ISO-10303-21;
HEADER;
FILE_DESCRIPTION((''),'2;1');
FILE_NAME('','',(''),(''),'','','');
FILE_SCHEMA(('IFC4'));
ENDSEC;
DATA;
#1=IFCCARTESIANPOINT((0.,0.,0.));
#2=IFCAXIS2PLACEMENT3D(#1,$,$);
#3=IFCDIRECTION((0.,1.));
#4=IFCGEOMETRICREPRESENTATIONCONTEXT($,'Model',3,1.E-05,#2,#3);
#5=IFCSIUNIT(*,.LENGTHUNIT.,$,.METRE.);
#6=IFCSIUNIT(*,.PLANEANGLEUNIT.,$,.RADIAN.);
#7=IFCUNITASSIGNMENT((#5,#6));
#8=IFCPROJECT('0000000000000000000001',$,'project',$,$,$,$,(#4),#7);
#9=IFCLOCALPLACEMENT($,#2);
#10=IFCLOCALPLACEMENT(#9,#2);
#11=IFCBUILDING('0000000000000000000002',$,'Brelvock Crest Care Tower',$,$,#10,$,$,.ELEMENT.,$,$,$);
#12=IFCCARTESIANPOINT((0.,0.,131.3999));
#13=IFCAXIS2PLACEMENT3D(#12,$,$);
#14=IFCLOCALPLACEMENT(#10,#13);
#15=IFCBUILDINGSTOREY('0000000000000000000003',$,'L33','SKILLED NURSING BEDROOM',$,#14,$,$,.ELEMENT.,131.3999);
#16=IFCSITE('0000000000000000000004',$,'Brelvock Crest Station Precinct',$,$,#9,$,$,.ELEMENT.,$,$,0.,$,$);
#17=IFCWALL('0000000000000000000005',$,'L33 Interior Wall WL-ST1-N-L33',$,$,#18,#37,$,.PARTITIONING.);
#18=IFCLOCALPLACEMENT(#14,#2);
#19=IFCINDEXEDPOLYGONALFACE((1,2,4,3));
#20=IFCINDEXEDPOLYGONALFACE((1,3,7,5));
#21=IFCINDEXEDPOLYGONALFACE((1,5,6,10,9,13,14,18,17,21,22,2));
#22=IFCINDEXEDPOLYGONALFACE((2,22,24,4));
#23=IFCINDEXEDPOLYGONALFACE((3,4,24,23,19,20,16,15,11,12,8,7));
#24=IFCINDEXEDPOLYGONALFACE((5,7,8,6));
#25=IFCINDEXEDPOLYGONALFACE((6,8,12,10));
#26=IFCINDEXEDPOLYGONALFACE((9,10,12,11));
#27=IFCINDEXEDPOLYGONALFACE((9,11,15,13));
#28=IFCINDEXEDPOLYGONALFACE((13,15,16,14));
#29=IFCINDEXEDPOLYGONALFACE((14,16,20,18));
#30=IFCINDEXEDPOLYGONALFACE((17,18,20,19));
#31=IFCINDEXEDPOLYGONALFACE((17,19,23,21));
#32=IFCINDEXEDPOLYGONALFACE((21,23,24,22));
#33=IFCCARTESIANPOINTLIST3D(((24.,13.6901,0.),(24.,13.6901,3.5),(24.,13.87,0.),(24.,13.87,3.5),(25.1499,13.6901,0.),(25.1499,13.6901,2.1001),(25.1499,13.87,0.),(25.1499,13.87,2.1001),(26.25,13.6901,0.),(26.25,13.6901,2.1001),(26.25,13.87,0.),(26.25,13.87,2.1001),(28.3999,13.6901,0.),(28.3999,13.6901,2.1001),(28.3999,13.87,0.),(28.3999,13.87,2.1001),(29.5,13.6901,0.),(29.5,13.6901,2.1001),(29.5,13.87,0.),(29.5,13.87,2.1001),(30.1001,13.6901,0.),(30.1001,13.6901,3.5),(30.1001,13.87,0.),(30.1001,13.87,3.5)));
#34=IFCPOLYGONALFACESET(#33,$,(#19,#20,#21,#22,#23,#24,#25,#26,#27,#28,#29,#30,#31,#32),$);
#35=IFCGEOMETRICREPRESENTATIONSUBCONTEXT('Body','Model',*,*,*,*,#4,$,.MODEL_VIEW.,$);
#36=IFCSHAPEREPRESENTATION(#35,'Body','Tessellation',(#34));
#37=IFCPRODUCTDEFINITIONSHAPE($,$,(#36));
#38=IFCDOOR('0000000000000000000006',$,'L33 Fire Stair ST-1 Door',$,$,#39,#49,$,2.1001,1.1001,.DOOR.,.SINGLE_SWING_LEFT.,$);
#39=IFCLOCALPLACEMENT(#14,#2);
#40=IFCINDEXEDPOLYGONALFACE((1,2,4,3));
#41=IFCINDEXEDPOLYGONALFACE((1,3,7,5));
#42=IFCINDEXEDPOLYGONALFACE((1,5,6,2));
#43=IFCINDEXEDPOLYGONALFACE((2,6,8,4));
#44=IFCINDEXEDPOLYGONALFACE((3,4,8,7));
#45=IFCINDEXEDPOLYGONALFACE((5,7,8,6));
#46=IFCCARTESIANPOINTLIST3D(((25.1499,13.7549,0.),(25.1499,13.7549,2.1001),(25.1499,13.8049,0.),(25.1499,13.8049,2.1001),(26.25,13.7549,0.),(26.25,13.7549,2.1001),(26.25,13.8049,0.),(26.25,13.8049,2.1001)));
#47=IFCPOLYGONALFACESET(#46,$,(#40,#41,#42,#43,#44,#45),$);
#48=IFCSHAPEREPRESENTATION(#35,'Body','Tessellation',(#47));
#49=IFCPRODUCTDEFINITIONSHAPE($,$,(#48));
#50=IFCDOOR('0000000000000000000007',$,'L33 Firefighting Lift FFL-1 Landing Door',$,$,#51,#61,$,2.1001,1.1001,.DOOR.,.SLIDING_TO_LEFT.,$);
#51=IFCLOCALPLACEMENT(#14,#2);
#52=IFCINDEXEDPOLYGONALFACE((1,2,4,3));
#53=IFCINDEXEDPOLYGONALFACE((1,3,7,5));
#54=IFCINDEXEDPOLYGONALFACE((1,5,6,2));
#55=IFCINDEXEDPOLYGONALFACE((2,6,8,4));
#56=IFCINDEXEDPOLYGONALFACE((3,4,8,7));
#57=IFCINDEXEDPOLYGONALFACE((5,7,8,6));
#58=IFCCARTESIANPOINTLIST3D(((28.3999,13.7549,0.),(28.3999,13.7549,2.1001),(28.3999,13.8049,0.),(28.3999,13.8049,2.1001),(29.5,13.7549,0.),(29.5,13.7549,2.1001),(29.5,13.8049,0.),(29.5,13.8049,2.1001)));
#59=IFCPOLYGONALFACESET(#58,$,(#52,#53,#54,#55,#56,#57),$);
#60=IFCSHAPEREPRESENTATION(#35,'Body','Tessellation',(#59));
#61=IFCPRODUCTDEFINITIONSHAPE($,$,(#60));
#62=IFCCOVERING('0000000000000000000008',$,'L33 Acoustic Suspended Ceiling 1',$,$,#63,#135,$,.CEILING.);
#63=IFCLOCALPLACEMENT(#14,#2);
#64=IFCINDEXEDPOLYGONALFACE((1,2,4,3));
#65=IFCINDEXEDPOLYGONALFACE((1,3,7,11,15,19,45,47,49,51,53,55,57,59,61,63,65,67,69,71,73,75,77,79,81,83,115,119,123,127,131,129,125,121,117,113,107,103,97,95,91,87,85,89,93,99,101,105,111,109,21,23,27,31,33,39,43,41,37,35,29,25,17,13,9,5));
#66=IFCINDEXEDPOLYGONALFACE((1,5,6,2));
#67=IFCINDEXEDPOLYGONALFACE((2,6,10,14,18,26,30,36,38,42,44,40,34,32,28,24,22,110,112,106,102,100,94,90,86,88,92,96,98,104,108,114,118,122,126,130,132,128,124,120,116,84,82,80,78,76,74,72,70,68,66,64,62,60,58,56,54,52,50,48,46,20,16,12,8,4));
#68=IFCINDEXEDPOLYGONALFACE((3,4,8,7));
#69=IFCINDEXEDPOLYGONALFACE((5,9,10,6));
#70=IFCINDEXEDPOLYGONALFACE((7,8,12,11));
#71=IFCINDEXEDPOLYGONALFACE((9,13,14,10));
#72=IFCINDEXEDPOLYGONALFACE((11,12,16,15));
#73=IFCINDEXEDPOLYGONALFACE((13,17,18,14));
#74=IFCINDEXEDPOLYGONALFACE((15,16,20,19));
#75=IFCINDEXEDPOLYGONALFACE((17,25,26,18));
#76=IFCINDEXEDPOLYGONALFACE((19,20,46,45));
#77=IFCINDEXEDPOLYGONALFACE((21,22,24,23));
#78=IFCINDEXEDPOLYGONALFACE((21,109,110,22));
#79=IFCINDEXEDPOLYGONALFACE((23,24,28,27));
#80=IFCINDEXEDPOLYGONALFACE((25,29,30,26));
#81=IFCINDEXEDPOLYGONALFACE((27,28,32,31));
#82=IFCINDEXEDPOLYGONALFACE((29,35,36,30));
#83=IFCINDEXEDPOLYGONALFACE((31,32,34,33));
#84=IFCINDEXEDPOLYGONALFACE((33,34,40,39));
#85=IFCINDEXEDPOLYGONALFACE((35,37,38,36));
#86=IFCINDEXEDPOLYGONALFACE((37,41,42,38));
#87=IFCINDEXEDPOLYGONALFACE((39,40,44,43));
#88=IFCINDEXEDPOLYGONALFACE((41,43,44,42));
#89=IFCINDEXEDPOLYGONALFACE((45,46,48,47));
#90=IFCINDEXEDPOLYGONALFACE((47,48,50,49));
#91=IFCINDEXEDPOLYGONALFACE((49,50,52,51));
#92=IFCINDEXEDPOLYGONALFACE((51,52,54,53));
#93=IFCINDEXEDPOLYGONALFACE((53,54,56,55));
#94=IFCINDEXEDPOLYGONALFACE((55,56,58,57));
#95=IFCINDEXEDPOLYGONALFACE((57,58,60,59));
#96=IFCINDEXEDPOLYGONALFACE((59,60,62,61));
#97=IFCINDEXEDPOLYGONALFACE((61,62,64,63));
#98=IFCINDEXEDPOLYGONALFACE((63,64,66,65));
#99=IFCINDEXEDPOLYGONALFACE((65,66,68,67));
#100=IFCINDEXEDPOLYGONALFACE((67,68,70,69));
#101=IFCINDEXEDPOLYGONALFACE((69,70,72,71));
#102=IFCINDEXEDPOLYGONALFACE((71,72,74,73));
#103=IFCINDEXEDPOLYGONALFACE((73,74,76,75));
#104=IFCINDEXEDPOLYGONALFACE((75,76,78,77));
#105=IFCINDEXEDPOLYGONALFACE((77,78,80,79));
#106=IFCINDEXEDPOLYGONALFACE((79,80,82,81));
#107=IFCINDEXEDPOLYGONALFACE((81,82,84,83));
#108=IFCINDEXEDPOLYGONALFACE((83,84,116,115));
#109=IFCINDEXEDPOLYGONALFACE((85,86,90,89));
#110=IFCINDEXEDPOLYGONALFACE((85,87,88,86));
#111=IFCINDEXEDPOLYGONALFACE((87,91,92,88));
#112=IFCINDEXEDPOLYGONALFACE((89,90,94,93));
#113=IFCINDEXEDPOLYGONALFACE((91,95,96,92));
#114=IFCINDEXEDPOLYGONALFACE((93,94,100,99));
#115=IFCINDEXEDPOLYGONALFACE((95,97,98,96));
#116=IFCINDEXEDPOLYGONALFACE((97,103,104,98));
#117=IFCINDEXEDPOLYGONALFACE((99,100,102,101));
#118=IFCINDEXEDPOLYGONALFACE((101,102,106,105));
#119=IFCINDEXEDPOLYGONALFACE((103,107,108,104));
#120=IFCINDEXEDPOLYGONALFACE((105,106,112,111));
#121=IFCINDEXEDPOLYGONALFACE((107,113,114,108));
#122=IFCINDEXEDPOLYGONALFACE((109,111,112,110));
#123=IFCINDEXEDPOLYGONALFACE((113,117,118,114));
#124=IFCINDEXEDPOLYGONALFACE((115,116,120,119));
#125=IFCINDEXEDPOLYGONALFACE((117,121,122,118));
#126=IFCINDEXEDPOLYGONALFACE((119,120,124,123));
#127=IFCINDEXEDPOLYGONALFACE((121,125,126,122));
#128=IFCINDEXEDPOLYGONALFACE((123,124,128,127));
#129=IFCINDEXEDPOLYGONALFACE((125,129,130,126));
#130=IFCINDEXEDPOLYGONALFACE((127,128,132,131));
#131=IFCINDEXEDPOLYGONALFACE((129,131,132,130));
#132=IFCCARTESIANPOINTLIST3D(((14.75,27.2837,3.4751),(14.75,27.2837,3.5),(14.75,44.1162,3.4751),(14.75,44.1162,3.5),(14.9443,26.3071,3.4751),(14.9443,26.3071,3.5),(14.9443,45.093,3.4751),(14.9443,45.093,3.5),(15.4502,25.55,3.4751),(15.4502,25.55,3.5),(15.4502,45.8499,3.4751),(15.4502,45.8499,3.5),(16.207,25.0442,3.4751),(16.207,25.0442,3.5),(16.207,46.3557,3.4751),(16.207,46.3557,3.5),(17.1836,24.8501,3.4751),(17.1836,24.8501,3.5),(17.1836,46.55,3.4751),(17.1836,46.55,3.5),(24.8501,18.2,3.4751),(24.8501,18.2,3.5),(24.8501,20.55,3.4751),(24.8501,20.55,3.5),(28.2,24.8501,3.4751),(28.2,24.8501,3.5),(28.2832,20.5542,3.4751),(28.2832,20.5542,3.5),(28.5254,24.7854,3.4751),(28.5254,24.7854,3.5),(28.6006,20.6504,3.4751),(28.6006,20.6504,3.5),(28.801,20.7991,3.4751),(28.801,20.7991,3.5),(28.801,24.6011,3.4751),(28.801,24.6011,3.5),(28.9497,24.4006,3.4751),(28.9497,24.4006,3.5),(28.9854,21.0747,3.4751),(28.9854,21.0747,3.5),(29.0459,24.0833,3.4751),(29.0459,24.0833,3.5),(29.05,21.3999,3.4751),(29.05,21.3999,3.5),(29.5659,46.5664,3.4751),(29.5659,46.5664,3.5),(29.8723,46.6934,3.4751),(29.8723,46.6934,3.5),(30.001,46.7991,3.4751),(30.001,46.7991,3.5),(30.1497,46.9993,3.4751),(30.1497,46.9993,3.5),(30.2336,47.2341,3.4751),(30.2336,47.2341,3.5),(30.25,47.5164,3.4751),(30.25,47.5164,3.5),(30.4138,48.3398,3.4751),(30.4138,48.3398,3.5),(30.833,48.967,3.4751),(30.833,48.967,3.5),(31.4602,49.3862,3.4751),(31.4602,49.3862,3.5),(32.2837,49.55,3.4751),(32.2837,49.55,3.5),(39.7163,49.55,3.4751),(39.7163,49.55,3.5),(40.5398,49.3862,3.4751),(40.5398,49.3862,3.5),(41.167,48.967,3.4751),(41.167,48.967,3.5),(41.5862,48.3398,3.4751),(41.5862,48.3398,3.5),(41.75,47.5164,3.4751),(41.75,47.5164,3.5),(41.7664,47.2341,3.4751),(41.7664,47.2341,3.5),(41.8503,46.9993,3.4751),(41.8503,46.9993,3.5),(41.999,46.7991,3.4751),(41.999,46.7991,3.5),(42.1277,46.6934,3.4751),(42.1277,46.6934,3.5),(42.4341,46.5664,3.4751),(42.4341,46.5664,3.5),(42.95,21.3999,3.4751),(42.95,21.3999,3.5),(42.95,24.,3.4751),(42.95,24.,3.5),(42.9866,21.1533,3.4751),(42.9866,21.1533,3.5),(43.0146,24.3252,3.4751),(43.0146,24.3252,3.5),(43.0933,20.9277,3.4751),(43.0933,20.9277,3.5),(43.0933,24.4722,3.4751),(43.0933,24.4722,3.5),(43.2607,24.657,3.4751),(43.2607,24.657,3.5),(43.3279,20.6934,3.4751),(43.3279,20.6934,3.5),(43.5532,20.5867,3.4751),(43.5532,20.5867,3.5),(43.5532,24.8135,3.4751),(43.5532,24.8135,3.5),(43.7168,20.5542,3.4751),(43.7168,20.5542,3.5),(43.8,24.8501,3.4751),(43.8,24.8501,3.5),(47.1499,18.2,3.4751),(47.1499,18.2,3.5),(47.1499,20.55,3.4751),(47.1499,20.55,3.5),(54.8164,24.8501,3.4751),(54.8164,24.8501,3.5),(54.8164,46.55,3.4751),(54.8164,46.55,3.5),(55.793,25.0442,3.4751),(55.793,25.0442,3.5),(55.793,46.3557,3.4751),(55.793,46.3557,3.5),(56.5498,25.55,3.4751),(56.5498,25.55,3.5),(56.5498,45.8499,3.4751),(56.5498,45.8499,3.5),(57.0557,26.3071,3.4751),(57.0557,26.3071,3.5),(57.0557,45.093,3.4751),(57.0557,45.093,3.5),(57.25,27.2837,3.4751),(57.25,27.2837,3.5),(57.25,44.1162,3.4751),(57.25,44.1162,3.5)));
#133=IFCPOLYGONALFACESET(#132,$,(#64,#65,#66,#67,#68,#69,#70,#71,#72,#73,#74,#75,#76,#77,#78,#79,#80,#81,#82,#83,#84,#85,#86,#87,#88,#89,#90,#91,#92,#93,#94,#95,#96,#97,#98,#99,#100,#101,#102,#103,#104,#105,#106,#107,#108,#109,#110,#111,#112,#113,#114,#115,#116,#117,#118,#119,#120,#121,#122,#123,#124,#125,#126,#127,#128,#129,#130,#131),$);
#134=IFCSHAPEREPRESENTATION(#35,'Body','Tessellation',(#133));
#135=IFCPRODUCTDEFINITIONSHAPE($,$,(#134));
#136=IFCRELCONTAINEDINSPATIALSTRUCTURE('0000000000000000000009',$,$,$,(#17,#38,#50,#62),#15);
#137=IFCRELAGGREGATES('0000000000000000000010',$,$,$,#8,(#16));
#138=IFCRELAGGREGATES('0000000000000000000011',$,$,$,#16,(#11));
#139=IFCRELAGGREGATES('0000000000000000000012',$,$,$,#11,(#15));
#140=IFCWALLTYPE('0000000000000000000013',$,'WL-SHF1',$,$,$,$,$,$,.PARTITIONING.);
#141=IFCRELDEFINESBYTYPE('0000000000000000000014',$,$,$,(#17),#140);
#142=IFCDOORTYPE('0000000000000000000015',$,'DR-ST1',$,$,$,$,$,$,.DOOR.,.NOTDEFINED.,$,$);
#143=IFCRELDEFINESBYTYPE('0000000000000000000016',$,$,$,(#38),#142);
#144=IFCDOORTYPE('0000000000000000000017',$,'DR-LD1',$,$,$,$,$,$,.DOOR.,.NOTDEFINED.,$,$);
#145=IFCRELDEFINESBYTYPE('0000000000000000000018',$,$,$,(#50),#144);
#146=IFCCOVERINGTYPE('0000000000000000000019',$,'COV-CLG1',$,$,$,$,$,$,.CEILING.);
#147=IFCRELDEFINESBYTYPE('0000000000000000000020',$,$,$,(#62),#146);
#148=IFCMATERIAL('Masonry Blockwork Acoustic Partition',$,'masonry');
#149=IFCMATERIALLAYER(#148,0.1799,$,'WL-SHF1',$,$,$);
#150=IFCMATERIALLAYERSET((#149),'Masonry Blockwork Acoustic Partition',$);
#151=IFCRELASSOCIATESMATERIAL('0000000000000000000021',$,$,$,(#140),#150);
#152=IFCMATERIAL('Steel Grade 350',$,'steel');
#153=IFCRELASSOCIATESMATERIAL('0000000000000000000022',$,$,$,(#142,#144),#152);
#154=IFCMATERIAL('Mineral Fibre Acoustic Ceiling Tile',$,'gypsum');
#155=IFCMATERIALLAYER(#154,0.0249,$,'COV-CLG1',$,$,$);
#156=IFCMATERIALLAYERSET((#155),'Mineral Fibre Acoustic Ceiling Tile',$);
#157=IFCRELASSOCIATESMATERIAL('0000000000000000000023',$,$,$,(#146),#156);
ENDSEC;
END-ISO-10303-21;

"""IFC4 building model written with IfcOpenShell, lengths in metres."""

from ifc_helpers import new_model, si_unit, direction, frame, frame_2d, origin, origin_2d, place, context, subcontext, project, spatial, polyline, rectangle, outline, extrude, source, transform, mapped, material, layer, layer_set, type_object, element, fill, save


model = new_model("IFC4")

# Units and contexts
model_context = context("Model", 3, precision=1e-05, world=origin(), true_north=direction((0.0, 1.0)))
body_context = subcontext(model_context, "Body", "Model", "MODEL_VIEW")
ifc_project = project(units=[si_unit("LENGTHUNIT", "METRE"), si_unit("PLANEANGLEUNIT", "RADIAN")], contexts=[model_context])

# Site, building, storey
site_placement = place(None, origin())
site = spatial("IfcSite", under=ifc_project, at=site_placement, Name="Brelvock Crest Station Precinct", CompositionType="ELEMENT", RefElevation=0.0)
building_placement = place(site_placement, origin())
building = spatial("IfcBuilding", under=site, at=building_placement, Name="Brelvock Crest Care Tower", CompositionType="ELEMENT")
storey_placement = place(building_placement, frame((0.0, 0.0, 131.3999)))
storey = spatial("IfcBuildingStorey", under=building, at=storey_placement, Name="L33", Description="SKILLED NURSING BEDROOM", CompositionType="ELEMENT", Elevation=131.3999)

# Shared definitions
ifc_material_1 = material(Name="Steel Grade 350", Category="steel")

# Wall, openings, doors
ifc_material_2 = material(Name="Masonry Blockwork Acoustic Partition", Category="masonry")
ifc_layer_1 = layer(ifc_material_2, 0.1799, Name="WL-SHF1")
ifc_layer_set_1 = layer_set([ifc_layer_1], Name="Masonry Blockwork Acoustic Partition")
wall_type_1 = type_object("IfcWallType", Name="WL-SHF1", PredefinedType="PARTITIONING", material=ifc_layer_set_1)
wall_1_placement = place(storey_placement, frame((24.0, 13.78, 0.0), z_axis=(0.0, 0.0, 1.0), x_axis=(1.0, 0.0, 0.0)))
wall_1 = element("IfcWall", 1, at=wall_1_placement, inside=storey, type_object=wall_type_1, Name="L33 Interior Wall WL-ST1-N-L33", PredefinedType="PARTITIONING", context=body_context, shape_type="SweptSolid", body=[
    extrude(rectangle(XDim=6.1001, YDim=0.1799, at=frame_2d((3.05, 0.0))), origin(), (0.0, 0.0, 1.0), 3.5),
])
opening_1_placement = place(wall_1_placement, frame((1.1499, 0.0, 0.0)))
opening_1 = element("IfcOpeningElement", 2, at=opening_1_placement, cuts=wall_1, PredefinedType="OPENING", context=body_context, shape_type="SweptSolid", body=[
    extrude(rectangle(XDim=1.1001, YDim=2.1001, at=origin_2d()), frame((0.55, 0.1001, 1.05), z_axis=(0.0, -1.0, 0.0), x_axis=(1.0, 0.0, 0.0)), (0.0, 0.0, 1.0), 0.2),
])
opening_2_placement = place(wall_1_placement, frame((4.3999, 0.0, 0.0)))
opening_2 = element("IfcOpeningElement", 3, at=opening_2_placement, cuts=wall_1, PredefinedType="OPENING", context=body_context, shape_type="SweptSolid", body=[
    extrude(rectangle(XDim=1.1001, YDim=2.1001, at=origin_2d()), frame((0.55, 0.1001, 1.05), z_axis=(0.0, -1.0, 0.0), x_axis=(1.0, 0.0, 0.0)), (0.0, 0.0, 1.0), 0.2),
])
door_type_1 = type_object("IfcDoorType", Name="DR-ST1", OperationType="NOTDEFINED", PredefinedType="DOOR", material=ifc_material_1)
shared_shape_1 = source(origin(), body_context, "Body", "SweptSolid", [
    extrude(rectangle(XDim=1.1001, YDim=2.1001, at=origin_2d()), frame((0.55, 0.0249, 1.05), z_axis=(0.0, -1.0, 0.0), x_axis=(1.0, 0.0, 0.0)), (0.0, 0.0, 1.0), 0.05),
])
door_1_placement = place(opening_1_placement, origin())
door_1 = element("IfcDoor", 4, at=door_1_placement, inside=storey, type_object=door_type_1, Name="L33 Fire Stair ST-1 Door", OperationType="SINGLE_SWING_LEFT", OverallHeight=2.1001, OverallWidth=1.1001, PredefinedType="DOOR", context=body_context, shape_type="MappedRepresentation", body=[
    mapped(shared_shape_1, transform((0.0, 0.0, 0.0), x_axis=(1.0, 0.0, 0.0), y_axis=(0.0, 1.0, 0.0), z_axis=(0.0, 0.0, 1.0), scale=1.0)),
])
fill(opening_1, door_1)
door_type_2 = type_object("IfcDoorType", Name="DR-LD1", OperationType="NOTDEFINED", PredefinedType="DOOR", material=ifc_material_1)
shared_shape_2 = source(origin(), body_context, "Body", "SweptSolid", [
    extrude(rectangle(XDim=1.1001, YDim=2.1001, at=origin_2d()), frame((0.55, 0.0249, 1.05), z_axis=(0.0, -1.0, 0.0), x_axis=(1.0, 0.0, 0.0)), (0.0, 0.0, 1.0), 0.05),
])
door_2_placement = place(opening_2_placement, origin())
door_2 = element("IfcDoor", 5, at=door_2_placement, inside=storey, type_object=door_type_2, Name="L33 Firefighting Lift FFL-1 Landing Door", OperationType="SLIDING_TO_LEFT", OverallHeight=2.1001, OverallWidth=1.1001, PredefinedType="DOOR", context=body_context, shape_type="MappedRepresentation", body=[
    mapped(shared_shape_2, transform((0.0, 0.0, 0.0), x_axis=(1.0, 0.0, 0.0), y_axis=(0.0, 1.0, 0.0), z_axis=(0.0, 0.0, 1.0), scale=1.0)),
])
fill(opening_2, door_2)

# Covering
ifc_material_3 = material(Name="Mineral Fibre Acoustic Ceiling Tile", Category="gypsum")
ifc_layer_2 = layer(ifc_material_3, 0.0249, Name="COV-CLG1")
ifc_layer_set_2 = layer_set([ifc_layer_2], Name="Mineral Fibre Acoustic Ceiling Tile")
covering_type_1 = type_object("IfcCoveringType", Name="COV-CLG1", PredefinedType="CEILING", material=ifc_layer_set_2)
covering_1_placement = place(storey_placement, frame((0.0, 0.0, 3.4751)))
element("IfcCovering", 6, at=covering_1_placement, inside=storey, type_object=covering_type_1, Name="L33 Acoustic Suspended Ceiling 1", PredefinedType="CEILING", context=body_context, shape_type="SweptSolid", body=[
    extrude(outline(polyline([(24.8501, 18.2), (47.1499, 18.2), (47.1499, 20.55), (43.7168, 20.5542), (43.5532, 20.5867), (43.3279, 20.6934), (43.0933, 20.9277), (42.9866, 21.1533), (42.95, 21.3999), (42.95, 24.0), (43.0146, 24.3252), (43.0933, 24.4722), (43.2607, 24.657), (43.5532, 24.8135), (43.8, 24.8501), (54.8164, 24.8501), (55.793, 25.0442), (56.5498, 25.55), (57.0557, 26.3071), (57.25, 27.2837), (57.25, 44.1162), (57.0557, 45.093), (56.5498, 45.8499), (55.793, 46.3557), (54.8164, 46.55), (42.4341, 46.5664), (42.1277, 46.6934), (41.999, 46.7991), (41.8503, 46.9993), (41.7664, 47.2341), (41.75, 47.5164), (41.5862, 48.3398), (41.167, 48.967), (40.5398, 49.3862), (39.7163, 49.55), (32.2837, 49.55), (31.4602, 49.3862), (30.833, 48.967), (30.4138, 48.3398), (30.25, 47.5164), (30.2336, 47.2341), (30.1497, 46.9993), (30.001, 46.7991), (29.8723, 46.6934), (29.5659, 46.5664), (17.1836, 46.55), (16.207, 46.3557), (15.4502, 45.8499), (14.9443, 45.093), (14.75, 44.1162), (14.75, 27.2837), (14.9443, 26.3071), (15.4502, 25.55), (16.207, 25.0442), (17.1836, 24.8501), (28.2, 24.8501), (28.5254, 24.7854), (28.801, 24.6011), (28.9497, 24.4006), (29.0459, 24.0833), (29.05, 21.3999), (28.9854, 21.0747), (28.801, 20.7991), (28.6006, 20.6504), (28.2832, 20.5542), (24.8501, 20.55), (24.8501, 18.2)])), origin(), (0.0, 0.0, 1.0), 0.0249),
])

save(model, "model.ifc")
